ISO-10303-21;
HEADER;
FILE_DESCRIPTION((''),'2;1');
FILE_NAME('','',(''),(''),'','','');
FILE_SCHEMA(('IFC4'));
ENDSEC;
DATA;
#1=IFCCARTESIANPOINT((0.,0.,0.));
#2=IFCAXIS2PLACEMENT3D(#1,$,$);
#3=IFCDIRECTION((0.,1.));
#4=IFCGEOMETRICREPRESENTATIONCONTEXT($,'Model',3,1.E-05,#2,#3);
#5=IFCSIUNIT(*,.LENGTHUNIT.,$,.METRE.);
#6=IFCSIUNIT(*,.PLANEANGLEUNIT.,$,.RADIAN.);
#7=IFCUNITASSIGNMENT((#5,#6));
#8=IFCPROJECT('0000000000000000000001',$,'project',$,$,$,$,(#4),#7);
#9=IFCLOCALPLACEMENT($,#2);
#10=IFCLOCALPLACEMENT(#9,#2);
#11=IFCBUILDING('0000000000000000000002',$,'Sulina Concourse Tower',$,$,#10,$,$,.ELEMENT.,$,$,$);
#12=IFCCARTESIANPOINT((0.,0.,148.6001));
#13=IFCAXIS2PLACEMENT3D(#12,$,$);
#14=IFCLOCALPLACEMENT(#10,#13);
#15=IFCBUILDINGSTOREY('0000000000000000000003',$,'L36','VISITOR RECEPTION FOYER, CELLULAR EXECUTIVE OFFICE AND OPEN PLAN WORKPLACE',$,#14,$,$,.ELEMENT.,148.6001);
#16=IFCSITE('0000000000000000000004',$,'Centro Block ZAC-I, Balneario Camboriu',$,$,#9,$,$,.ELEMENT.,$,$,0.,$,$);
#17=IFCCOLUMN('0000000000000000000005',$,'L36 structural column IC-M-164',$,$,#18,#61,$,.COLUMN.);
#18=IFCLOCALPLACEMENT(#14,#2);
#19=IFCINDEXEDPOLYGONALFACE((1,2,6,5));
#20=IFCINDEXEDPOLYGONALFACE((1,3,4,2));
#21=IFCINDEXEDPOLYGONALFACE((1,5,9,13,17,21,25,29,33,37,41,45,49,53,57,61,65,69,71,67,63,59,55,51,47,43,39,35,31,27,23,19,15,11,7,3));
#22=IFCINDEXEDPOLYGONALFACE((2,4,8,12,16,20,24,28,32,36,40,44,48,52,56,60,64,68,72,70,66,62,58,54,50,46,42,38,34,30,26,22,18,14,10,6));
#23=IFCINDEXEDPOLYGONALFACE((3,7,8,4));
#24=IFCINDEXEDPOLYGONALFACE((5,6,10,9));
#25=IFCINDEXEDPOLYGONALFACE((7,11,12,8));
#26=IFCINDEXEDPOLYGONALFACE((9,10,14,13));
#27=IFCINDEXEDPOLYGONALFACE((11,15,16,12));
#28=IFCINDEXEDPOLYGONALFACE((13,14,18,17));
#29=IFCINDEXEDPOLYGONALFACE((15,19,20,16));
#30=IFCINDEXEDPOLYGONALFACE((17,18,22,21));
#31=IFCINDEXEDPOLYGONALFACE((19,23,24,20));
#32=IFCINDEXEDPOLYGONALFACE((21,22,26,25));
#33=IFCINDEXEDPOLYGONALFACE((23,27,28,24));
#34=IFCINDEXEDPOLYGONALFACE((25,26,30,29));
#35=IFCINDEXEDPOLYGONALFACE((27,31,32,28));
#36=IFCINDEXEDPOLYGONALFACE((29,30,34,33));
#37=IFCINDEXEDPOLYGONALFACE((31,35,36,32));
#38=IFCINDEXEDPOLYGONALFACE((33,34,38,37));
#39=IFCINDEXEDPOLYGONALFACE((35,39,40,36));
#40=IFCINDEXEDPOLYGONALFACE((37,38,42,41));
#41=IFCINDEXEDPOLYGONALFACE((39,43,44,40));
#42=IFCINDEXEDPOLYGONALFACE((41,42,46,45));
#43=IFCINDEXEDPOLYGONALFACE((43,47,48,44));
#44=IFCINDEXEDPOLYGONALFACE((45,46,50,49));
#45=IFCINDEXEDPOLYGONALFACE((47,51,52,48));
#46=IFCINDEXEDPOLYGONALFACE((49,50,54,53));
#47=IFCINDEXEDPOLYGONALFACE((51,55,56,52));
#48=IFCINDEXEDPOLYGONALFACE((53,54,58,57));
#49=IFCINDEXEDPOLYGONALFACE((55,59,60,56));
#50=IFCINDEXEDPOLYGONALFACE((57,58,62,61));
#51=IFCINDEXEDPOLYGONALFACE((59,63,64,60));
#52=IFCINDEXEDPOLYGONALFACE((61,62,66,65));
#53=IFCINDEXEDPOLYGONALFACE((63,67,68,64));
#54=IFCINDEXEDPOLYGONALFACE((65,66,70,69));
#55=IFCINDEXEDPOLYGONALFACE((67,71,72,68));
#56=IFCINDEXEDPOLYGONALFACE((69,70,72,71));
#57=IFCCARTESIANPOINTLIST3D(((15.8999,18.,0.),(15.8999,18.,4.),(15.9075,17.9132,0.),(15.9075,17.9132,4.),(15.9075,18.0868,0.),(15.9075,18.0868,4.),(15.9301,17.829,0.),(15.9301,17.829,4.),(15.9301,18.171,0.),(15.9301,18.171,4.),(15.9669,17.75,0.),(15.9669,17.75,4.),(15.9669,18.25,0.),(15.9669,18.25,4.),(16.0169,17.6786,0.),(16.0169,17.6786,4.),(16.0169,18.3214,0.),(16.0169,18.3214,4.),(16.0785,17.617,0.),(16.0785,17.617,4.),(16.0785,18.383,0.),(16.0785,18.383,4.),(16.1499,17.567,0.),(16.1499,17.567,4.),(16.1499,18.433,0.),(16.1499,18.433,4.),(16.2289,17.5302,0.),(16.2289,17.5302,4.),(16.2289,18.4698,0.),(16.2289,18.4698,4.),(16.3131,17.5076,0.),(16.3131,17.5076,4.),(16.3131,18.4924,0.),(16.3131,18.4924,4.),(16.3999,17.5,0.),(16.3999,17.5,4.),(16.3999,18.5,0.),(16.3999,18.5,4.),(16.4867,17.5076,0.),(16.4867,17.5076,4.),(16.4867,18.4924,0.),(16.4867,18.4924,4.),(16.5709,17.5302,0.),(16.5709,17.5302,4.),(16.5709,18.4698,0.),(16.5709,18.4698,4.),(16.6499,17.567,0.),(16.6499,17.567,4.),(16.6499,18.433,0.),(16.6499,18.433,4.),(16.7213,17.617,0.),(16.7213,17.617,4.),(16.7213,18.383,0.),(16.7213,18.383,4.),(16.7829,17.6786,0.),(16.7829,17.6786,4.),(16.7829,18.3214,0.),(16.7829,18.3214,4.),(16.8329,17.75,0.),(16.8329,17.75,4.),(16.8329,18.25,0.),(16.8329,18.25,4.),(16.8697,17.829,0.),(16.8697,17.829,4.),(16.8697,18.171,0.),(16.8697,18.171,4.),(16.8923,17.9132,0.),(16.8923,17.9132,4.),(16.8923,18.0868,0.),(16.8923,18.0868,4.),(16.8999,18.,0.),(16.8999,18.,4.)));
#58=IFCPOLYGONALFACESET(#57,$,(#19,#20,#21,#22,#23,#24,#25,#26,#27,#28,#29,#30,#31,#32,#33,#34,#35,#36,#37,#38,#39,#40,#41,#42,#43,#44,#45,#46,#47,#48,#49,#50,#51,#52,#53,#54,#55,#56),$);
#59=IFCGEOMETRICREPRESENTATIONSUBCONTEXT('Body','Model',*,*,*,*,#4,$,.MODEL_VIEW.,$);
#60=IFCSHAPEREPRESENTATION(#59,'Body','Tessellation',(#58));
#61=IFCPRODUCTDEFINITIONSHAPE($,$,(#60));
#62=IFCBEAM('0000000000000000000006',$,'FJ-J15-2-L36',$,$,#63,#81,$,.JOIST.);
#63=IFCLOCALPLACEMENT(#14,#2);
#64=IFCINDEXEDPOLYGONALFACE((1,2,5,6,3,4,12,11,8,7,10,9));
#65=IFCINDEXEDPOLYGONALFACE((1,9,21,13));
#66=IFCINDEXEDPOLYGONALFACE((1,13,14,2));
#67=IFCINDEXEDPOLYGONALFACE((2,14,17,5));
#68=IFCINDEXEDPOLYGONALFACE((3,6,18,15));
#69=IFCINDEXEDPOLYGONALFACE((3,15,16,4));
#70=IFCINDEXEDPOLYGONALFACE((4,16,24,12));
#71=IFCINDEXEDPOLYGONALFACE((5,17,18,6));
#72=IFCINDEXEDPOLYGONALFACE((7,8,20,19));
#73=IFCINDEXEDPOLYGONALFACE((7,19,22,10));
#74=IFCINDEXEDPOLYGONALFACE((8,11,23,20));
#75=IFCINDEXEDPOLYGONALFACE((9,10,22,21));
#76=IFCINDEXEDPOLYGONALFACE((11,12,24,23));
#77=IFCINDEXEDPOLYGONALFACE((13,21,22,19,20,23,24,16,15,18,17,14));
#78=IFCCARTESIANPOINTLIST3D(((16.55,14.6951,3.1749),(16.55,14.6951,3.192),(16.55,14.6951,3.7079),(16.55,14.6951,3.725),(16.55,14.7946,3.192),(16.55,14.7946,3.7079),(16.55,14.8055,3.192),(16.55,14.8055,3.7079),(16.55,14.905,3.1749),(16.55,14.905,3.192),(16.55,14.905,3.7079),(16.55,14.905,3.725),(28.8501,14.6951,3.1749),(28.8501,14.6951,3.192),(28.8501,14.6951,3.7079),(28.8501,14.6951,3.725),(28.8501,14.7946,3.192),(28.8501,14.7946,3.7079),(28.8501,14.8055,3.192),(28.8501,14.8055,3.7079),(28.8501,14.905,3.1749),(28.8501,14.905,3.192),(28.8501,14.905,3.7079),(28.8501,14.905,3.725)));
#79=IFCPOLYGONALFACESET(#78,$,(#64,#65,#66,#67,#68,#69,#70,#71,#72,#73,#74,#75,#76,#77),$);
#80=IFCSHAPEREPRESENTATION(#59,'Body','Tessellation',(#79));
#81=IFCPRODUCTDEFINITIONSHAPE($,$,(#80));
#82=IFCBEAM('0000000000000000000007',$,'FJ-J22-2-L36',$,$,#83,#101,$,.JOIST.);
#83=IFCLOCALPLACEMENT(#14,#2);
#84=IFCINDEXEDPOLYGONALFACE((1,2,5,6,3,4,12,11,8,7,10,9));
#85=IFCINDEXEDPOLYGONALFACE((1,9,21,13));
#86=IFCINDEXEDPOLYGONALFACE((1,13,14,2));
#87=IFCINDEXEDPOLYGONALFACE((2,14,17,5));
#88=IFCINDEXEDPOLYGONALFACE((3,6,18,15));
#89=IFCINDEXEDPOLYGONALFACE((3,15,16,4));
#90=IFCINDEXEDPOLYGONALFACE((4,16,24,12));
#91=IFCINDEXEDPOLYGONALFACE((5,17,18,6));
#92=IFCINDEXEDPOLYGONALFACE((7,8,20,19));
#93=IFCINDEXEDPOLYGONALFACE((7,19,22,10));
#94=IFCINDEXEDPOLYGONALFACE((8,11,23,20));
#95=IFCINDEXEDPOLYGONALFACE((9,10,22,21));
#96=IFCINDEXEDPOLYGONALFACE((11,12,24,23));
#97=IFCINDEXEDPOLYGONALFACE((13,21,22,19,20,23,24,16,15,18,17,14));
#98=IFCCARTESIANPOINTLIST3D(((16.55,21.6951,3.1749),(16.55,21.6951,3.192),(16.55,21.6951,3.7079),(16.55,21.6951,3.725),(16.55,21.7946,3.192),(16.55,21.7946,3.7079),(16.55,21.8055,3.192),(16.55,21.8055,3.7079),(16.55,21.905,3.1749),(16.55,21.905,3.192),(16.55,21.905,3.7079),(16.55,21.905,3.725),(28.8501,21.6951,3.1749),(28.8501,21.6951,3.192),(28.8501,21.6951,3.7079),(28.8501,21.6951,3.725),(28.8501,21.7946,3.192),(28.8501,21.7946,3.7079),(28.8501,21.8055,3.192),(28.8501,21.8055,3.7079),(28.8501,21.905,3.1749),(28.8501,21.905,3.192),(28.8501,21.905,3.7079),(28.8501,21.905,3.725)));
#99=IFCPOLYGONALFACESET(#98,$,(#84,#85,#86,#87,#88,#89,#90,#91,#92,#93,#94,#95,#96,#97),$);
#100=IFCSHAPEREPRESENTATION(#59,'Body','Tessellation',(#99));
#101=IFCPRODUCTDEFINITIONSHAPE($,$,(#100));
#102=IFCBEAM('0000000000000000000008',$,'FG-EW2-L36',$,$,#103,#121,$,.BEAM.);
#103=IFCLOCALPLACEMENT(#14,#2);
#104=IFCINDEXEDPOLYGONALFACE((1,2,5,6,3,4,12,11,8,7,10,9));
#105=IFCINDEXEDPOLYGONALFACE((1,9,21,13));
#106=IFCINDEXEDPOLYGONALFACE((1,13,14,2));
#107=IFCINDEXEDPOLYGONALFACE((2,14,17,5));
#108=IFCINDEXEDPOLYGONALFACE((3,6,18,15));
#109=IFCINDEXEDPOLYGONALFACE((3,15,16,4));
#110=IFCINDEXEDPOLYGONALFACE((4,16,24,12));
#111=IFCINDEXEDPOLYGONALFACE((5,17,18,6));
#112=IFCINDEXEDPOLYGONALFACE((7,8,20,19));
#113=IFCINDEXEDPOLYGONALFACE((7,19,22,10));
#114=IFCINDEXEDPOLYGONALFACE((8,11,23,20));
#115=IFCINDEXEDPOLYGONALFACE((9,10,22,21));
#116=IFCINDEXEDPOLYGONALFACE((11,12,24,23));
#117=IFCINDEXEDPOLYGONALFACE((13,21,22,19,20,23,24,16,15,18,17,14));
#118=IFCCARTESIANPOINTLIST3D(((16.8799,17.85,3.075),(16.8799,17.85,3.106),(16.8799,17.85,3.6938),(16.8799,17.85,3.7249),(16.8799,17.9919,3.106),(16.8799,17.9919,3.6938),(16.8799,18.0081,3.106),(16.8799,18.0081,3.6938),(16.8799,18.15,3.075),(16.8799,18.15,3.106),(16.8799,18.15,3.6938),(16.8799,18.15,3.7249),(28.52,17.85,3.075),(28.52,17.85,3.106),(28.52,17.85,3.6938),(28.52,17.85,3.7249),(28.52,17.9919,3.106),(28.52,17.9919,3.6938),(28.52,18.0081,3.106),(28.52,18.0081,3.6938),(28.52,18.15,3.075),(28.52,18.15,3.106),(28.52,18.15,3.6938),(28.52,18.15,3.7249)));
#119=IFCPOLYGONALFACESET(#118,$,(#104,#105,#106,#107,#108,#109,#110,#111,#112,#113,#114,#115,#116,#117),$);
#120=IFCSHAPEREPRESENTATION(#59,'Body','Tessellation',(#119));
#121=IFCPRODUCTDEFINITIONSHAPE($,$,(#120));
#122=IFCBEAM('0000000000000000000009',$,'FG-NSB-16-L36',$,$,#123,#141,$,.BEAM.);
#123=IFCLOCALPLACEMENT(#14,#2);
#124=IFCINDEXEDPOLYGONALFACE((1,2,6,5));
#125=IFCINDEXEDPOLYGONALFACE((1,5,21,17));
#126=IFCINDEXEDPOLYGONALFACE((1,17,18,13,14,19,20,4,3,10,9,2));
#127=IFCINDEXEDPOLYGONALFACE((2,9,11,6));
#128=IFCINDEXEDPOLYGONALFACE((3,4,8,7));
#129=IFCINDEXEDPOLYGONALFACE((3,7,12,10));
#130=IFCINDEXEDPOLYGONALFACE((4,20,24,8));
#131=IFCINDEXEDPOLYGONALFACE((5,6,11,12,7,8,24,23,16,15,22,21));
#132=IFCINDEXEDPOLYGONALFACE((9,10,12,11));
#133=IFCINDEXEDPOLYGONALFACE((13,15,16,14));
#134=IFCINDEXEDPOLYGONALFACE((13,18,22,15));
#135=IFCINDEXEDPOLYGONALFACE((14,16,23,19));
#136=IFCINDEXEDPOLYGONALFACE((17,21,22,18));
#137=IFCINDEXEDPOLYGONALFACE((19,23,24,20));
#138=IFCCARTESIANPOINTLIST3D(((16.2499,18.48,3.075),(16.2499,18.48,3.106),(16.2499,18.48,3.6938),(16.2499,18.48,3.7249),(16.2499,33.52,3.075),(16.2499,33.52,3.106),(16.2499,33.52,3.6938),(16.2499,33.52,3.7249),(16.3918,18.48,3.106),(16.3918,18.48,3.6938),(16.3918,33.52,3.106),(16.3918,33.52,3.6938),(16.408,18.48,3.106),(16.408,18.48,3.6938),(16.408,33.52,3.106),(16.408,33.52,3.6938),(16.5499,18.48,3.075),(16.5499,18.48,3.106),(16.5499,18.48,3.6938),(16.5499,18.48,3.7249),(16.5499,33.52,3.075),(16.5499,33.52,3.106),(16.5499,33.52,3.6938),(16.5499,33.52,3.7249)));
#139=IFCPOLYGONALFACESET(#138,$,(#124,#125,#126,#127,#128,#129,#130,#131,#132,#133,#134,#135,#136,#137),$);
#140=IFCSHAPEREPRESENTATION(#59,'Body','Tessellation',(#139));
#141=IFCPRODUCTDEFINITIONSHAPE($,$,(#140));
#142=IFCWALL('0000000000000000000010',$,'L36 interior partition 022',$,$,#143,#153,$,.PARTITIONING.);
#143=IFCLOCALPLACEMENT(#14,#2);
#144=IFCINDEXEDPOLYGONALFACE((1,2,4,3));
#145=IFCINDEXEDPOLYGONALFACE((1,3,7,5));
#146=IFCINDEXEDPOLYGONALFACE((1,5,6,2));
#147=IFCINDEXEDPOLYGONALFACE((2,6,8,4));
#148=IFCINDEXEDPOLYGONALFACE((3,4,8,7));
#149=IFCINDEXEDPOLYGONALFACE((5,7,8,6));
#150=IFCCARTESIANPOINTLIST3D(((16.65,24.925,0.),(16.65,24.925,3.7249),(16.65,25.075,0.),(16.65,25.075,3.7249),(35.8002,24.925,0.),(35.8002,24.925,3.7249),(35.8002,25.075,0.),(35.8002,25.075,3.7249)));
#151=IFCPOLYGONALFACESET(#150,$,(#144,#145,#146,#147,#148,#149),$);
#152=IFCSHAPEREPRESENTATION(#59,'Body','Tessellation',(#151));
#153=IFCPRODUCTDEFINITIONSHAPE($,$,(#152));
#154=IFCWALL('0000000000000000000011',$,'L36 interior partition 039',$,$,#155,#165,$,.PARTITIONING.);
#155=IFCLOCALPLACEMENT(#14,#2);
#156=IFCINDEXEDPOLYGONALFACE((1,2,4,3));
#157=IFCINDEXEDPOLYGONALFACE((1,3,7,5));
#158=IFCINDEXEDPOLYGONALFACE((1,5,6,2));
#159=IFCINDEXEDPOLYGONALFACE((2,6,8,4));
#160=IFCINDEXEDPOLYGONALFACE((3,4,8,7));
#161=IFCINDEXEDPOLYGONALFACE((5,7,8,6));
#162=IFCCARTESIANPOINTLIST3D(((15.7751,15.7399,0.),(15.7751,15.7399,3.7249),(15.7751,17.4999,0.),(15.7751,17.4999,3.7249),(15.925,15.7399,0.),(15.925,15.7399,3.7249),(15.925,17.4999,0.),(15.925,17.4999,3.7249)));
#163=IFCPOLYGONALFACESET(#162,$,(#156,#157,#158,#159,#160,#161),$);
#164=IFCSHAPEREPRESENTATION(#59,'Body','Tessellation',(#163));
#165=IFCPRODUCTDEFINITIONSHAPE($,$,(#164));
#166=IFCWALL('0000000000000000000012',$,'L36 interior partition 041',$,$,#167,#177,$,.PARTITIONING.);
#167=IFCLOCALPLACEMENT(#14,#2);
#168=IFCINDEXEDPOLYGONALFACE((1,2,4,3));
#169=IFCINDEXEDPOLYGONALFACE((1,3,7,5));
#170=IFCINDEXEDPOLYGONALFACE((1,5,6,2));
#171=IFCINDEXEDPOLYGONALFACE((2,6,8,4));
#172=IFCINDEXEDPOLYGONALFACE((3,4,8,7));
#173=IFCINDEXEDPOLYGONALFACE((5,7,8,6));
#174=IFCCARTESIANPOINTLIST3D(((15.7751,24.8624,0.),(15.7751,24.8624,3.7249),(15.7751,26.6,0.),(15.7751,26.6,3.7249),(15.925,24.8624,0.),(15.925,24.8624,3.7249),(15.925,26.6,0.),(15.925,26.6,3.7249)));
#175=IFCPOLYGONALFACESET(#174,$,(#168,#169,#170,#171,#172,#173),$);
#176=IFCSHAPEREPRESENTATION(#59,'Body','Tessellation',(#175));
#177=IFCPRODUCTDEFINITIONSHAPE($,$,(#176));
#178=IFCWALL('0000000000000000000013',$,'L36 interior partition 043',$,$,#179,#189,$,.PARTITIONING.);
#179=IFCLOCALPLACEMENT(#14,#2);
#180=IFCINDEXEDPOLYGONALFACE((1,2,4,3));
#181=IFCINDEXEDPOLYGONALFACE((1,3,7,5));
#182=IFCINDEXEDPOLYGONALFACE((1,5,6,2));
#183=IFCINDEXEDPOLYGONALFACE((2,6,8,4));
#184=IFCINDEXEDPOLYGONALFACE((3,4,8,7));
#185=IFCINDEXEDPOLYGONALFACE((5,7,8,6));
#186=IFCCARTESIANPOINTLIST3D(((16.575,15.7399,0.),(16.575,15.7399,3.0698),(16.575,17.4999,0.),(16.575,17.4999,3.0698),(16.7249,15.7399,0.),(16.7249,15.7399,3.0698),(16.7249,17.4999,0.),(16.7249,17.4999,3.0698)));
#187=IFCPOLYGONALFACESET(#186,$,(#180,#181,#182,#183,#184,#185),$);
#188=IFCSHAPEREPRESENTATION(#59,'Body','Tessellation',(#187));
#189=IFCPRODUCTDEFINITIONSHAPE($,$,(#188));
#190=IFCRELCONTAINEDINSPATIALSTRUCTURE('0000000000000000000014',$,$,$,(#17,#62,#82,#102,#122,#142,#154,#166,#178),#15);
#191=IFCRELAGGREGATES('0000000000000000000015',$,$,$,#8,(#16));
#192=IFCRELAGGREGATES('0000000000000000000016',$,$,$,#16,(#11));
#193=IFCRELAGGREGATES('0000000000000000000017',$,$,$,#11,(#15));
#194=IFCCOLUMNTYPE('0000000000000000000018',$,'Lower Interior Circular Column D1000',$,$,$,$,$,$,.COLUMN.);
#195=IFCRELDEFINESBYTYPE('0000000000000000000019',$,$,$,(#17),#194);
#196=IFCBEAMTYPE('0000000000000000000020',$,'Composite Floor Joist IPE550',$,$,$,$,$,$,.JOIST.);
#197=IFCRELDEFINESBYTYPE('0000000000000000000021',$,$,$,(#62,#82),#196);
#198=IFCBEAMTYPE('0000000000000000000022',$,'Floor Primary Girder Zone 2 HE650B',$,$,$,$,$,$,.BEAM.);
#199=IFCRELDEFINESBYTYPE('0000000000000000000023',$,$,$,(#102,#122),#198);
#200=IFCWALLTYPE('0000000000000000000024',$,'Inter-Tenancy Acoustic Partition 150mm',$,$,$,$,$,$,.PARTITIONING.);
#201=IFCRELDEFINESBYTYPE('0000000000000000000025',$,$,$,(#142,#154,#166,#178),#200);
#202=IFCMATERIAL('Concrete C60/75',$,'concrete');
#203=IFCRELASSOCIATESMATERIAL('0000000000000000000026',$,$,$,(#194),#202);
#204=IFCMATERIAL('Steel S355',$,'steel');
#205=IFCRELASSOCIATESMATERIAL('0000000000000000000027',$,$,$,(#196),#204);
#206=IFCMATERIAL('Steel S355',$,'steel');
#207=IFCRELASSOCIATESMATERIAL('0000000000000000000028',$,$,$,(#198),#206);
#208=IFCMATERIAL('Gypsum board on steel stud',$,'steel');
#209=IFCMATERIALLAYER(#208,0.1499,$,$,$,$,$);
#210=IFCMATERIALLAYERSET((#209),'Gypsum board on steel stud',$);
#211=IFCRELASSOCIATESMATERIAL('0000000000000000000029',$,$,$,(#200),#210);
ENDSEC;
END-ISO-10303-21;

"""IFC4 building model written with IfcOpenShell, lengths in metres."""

from ifc_helpers import new_model, si_unit, direction, frame, frame_2d, origin, origin_2d, place, context, subcontext, project, spatial, rectangle, circle, i_section, extrude, material, layer, layer_set, material_profile, profile_set, type_object, element, save


model = new_model("IFC4")

# Units and contexts
model_context = context("Model", 3, precision=1e-05, world=origin(), true_north=direction((0.0, 1.0)))
body_context = subcontext(model_context, "Body", "Model", "MODEL_VIEW")
ifc_project = project(units=[si_unit("LENGTHUNIT", "METRE"), si_unit("PLANEANGLEUNIT", "RADIAN")], contexts=[model_context])

# Site, building, storey
site_placement = place(None, origin())
site = spatial("IfcSite", under=ifc_project, at=site_placement, Name="Centro Block ZAC-I, Balneario Camboriu", CompositionType="ELEMENT", RefElevation=0.0)
building_placement = place(site_placement, origin())
building = spatial("IfcBuilding", under=site, at=building_placement, Name="Sulina Concourse Tower", CompositionType="ELEMENT")
storey_placement = place(building_placement, frame((0.0, 0.0, 148.6001)))
storey = spatial("IfcBuildingStorey", under=building, at=storey_placement, Name="L36", Description="VISITOR RECEPTION FOYER, CELLULAR EXECUTIVE OFFICE AND OPEN PLAN WORKPLACE", CompositionType="ELEMENT", Elevation=148.6001)

# Column
ifc_material_1 = material(Name="Concrete C60/75", Category="concrete")
ifc_material_profile_1 = material_profile(ifc_material_1, circle(Radius=0.5, at=origin_2d()), Name="RC D1000")
ifc_profile_set_1 = profile_set([ifc_material_profile_1], Name="Concrete C60/75")
column_type = type_object("IfcColumnType", Name="Lower Interior Circular Column D1000", PredefinedType="COLUMN", material=ifc_profile_set_1)
column_placement = place(storey_placement, frame((16.3999, 18.0, 0.0), z_axis=(0.0, 0.0, 1.0), x_axis=(1.0, 0.0, 0.0)))
element("IfcColumn", 1, at=column_placement, inside=storey, type_object=column_type, Name="L36 structural column IC-M-164", PredefinedType="COLUMN", context=body_context, shape_type="SweptSolid", body=[
    extrude(circle(Radius=0.5, at=origin_2d()), origin(), (0.0, 0.0, 1.0), 4.0),
])

# Beams
ifc_material_2 = material(Name="Steel S355", Category="steel")
ifc_material_profile_2 = material_profile(ifc_material_2, i_section(OverallWidth=0.21, OverallDepth=0.55, WebThickness=0.011, FlangeThickness=0.0171, at=origin_2d()), Name="IPE 550")
ifc_profile_set_2 = profile_set([ifc_material_profile_2], Name="Steel S355")
beam_type_1 = type_object("IfcBeamType", Name="Composite Floor Joist IPE550", PredefinedType="JOIST", material=ifc_profile_set_2)
for number, where, z_axis, x_axis, name in (
    (2, (16.55, 14.8, 3.45), (1.0, 0.0, 0.0), (0.0, 1.0, 0.0), "FJ-J15-2-L36"),
    (3, (16.55, 21.8, 3.45), (1.0, 0.0, 0.0), (0.0, 1.0, 0.0), "FJ-J22-2-L36"),
):
    element("IfcBeam", number, at=place(storey_placement, frame(where, z_axis=z_axis, x_axis=x_axis)), inside=storey, type_object=beam_type_1, Name=name, PredefinedType="JOIST", context=body_context, shape_type="SweptSolid", body=[
        extrude(i_section(OverallWidth=0.21, OverallDepth=0.55, WebThickness=0.011, FlangeThickness=0.0171, at=origin_2d()), origin(), (0.0, 0.0, 1.0), 12.3),
    ])
ifc_material_3 = material(Name="Steel S355", Category="steel")
ifc_material_profile_3 = material_profile(ifc_material_3, i_section(OverallWidth=0.3, OverallDepth=0.6499, WebThickness=0.0161, FlangeThickness=0.031, at=origin_2d()), Name="HE 650 B")
ifc_profile_set_3 = profile_set([ifc_material_profile_3], Name="Steel S355")
beam_type_2 = type_object("IfcBeamType", Name="Floor Primary Girder Zone 2 HE650B", PredefinedType="BEAM", material=ifc_profile_set_3)
beam_1_placement = place(storey_placement, frame((16.8799, 18.0, 3.3999), z_axis=(1.0, 0.0, 0.0), x_axis=(0.0, 1.0, 0.0)))
element("IfcBeam", 4, at=beam_1_placement, inside=storey, type_object=beam_type_2, Name="FG-EW2-L36", PredefinedType="BEAM", context=body_context, shape_type="SweptSolid", body=[
    extrude(i_section(OverallWidth=0.3, OverallDepth=0.6499, WebThickness=0.0161, FlangeThickness=0.031, at=origin_2d()), origin(), (0.0, 0.0, 1.0), 11.6401),
])
beam_2_placement = place(storey_placement, frame((16.3999, 18.48, 3.3999), z_axis=(0.0, 1.0, 0.0), x_axis=(-1.0, 0.0, 0.0)))
element("IfcBeam", 5, at=beam_2_placement, inside=storey, type_object=beam_type_2, Name="FG-NSB-16-L36", PredefinedType="BEAM", context=body_context, shape_type="SweptSolid", body=[
    extrude(i_section(OverallWidth=0.3, OverallDepth=0.6499, WebThickness=0.0161, FlangeThickness=0.031, at=origin_2d()), origin(), (0.0, 0.0, 1.0), 15.04),
])

# Walls
ifc_material_4 = material(Name="Gypsum board on steel stud", Category="steel")
ifc_layer_1 = layer(ifc_material_4, 0.1499)
ifc_layer_set_1 = layer_set([ifc_layer_1], Name="Gypsum board on steel stud")
wall_type_1 = type_object("IfcWallType", Name="Inter-Tenancy Acoustic Partition 150mm", PredefinedType="PARTITIONING", material=ifc_layer_set_1)
wall_1_placement = place(storey_placement, frame((16.6499, 25.0, 0.0), z_axis=(0.0, 0.0, 1.0), x_axis=(1.0, 0.0, 0.0)))
element("IfcWall", 6, at=wall_1_placement, inside=storey, type_object=wall_type_1, Name="L36 interior partition 022", PredefinedType="PARTITIONING", context=body_context, shape_type="SweptSolid", body=[
    extrude(rectangle(XDim=19.1501, YDim=0.1499, at=frame_2d((9.5752, 0.0))), origin(), (0.0, 0.0, 1.0), 3.7249),
])
wall_2_placement = place(storey_placement, frame((15.8501, 15.74, 0.0), z_axis=(0.0, 0.0, 1.0), x_axis=(0.0, 1.0, 0.0)))
element("IfcWall", 7, at=wall_2_placement, inside=storey, type_object=wall_type_1, Name="L36 interior partition 039", PredefinedType="PARTITIONING", context=body_context, shape_type="SweptSolid", body=[
    extrude(rectangle(XDim=1.76, YDim=0.1499, at=frame_2d((0.8799, 0.0))), origin(), (0.0, 0.0, 1.0), 3.7249),
])
wall_3_placement = place(storey_placement, frame((15.8501, 24.8625, 0.0), z_axis=(0.0, 0.0, 1.0), x_axis=(0.0, 1.0, 0.0)))
element("IfcWall", 8, at=wall_3_placement, inside=storey, type_object=wall_type_1, Name="L36 interior partition 041", PredefinedType="PARTITIONING", context=body_context, shape_type="SweptSolid", body=[
    extrude(rectangle(XDim=1.7375, YDim=0.1499, at=frame_2d((0.8687, 0.0))), origin(), (0.0, 0.0, 1.0), 3.7249),
])
wall_4_placement = place(storey_placement, frame((16.6499, 15.74, 0.0), z_axis=(0.0, 0.0, 1.0), x_axis=(0.0, 1.0, 0.0)))
element("IfcWall", 9, at=wall_4_placement, inside=storey, type_object=wall_type_1, Name="L36 interior partition 043", PredefinedType="PARTITIONING", context=body_context, shape_type="SweptSolid", body=[
    extrude(rectangle(XDim=1.76, YDim=0.1499, at=frame_2d((0.8799, 0.0))), origin(), (0.0, 0.0, 1.0), 3.0698),
])

save(model, "model.ifc")
